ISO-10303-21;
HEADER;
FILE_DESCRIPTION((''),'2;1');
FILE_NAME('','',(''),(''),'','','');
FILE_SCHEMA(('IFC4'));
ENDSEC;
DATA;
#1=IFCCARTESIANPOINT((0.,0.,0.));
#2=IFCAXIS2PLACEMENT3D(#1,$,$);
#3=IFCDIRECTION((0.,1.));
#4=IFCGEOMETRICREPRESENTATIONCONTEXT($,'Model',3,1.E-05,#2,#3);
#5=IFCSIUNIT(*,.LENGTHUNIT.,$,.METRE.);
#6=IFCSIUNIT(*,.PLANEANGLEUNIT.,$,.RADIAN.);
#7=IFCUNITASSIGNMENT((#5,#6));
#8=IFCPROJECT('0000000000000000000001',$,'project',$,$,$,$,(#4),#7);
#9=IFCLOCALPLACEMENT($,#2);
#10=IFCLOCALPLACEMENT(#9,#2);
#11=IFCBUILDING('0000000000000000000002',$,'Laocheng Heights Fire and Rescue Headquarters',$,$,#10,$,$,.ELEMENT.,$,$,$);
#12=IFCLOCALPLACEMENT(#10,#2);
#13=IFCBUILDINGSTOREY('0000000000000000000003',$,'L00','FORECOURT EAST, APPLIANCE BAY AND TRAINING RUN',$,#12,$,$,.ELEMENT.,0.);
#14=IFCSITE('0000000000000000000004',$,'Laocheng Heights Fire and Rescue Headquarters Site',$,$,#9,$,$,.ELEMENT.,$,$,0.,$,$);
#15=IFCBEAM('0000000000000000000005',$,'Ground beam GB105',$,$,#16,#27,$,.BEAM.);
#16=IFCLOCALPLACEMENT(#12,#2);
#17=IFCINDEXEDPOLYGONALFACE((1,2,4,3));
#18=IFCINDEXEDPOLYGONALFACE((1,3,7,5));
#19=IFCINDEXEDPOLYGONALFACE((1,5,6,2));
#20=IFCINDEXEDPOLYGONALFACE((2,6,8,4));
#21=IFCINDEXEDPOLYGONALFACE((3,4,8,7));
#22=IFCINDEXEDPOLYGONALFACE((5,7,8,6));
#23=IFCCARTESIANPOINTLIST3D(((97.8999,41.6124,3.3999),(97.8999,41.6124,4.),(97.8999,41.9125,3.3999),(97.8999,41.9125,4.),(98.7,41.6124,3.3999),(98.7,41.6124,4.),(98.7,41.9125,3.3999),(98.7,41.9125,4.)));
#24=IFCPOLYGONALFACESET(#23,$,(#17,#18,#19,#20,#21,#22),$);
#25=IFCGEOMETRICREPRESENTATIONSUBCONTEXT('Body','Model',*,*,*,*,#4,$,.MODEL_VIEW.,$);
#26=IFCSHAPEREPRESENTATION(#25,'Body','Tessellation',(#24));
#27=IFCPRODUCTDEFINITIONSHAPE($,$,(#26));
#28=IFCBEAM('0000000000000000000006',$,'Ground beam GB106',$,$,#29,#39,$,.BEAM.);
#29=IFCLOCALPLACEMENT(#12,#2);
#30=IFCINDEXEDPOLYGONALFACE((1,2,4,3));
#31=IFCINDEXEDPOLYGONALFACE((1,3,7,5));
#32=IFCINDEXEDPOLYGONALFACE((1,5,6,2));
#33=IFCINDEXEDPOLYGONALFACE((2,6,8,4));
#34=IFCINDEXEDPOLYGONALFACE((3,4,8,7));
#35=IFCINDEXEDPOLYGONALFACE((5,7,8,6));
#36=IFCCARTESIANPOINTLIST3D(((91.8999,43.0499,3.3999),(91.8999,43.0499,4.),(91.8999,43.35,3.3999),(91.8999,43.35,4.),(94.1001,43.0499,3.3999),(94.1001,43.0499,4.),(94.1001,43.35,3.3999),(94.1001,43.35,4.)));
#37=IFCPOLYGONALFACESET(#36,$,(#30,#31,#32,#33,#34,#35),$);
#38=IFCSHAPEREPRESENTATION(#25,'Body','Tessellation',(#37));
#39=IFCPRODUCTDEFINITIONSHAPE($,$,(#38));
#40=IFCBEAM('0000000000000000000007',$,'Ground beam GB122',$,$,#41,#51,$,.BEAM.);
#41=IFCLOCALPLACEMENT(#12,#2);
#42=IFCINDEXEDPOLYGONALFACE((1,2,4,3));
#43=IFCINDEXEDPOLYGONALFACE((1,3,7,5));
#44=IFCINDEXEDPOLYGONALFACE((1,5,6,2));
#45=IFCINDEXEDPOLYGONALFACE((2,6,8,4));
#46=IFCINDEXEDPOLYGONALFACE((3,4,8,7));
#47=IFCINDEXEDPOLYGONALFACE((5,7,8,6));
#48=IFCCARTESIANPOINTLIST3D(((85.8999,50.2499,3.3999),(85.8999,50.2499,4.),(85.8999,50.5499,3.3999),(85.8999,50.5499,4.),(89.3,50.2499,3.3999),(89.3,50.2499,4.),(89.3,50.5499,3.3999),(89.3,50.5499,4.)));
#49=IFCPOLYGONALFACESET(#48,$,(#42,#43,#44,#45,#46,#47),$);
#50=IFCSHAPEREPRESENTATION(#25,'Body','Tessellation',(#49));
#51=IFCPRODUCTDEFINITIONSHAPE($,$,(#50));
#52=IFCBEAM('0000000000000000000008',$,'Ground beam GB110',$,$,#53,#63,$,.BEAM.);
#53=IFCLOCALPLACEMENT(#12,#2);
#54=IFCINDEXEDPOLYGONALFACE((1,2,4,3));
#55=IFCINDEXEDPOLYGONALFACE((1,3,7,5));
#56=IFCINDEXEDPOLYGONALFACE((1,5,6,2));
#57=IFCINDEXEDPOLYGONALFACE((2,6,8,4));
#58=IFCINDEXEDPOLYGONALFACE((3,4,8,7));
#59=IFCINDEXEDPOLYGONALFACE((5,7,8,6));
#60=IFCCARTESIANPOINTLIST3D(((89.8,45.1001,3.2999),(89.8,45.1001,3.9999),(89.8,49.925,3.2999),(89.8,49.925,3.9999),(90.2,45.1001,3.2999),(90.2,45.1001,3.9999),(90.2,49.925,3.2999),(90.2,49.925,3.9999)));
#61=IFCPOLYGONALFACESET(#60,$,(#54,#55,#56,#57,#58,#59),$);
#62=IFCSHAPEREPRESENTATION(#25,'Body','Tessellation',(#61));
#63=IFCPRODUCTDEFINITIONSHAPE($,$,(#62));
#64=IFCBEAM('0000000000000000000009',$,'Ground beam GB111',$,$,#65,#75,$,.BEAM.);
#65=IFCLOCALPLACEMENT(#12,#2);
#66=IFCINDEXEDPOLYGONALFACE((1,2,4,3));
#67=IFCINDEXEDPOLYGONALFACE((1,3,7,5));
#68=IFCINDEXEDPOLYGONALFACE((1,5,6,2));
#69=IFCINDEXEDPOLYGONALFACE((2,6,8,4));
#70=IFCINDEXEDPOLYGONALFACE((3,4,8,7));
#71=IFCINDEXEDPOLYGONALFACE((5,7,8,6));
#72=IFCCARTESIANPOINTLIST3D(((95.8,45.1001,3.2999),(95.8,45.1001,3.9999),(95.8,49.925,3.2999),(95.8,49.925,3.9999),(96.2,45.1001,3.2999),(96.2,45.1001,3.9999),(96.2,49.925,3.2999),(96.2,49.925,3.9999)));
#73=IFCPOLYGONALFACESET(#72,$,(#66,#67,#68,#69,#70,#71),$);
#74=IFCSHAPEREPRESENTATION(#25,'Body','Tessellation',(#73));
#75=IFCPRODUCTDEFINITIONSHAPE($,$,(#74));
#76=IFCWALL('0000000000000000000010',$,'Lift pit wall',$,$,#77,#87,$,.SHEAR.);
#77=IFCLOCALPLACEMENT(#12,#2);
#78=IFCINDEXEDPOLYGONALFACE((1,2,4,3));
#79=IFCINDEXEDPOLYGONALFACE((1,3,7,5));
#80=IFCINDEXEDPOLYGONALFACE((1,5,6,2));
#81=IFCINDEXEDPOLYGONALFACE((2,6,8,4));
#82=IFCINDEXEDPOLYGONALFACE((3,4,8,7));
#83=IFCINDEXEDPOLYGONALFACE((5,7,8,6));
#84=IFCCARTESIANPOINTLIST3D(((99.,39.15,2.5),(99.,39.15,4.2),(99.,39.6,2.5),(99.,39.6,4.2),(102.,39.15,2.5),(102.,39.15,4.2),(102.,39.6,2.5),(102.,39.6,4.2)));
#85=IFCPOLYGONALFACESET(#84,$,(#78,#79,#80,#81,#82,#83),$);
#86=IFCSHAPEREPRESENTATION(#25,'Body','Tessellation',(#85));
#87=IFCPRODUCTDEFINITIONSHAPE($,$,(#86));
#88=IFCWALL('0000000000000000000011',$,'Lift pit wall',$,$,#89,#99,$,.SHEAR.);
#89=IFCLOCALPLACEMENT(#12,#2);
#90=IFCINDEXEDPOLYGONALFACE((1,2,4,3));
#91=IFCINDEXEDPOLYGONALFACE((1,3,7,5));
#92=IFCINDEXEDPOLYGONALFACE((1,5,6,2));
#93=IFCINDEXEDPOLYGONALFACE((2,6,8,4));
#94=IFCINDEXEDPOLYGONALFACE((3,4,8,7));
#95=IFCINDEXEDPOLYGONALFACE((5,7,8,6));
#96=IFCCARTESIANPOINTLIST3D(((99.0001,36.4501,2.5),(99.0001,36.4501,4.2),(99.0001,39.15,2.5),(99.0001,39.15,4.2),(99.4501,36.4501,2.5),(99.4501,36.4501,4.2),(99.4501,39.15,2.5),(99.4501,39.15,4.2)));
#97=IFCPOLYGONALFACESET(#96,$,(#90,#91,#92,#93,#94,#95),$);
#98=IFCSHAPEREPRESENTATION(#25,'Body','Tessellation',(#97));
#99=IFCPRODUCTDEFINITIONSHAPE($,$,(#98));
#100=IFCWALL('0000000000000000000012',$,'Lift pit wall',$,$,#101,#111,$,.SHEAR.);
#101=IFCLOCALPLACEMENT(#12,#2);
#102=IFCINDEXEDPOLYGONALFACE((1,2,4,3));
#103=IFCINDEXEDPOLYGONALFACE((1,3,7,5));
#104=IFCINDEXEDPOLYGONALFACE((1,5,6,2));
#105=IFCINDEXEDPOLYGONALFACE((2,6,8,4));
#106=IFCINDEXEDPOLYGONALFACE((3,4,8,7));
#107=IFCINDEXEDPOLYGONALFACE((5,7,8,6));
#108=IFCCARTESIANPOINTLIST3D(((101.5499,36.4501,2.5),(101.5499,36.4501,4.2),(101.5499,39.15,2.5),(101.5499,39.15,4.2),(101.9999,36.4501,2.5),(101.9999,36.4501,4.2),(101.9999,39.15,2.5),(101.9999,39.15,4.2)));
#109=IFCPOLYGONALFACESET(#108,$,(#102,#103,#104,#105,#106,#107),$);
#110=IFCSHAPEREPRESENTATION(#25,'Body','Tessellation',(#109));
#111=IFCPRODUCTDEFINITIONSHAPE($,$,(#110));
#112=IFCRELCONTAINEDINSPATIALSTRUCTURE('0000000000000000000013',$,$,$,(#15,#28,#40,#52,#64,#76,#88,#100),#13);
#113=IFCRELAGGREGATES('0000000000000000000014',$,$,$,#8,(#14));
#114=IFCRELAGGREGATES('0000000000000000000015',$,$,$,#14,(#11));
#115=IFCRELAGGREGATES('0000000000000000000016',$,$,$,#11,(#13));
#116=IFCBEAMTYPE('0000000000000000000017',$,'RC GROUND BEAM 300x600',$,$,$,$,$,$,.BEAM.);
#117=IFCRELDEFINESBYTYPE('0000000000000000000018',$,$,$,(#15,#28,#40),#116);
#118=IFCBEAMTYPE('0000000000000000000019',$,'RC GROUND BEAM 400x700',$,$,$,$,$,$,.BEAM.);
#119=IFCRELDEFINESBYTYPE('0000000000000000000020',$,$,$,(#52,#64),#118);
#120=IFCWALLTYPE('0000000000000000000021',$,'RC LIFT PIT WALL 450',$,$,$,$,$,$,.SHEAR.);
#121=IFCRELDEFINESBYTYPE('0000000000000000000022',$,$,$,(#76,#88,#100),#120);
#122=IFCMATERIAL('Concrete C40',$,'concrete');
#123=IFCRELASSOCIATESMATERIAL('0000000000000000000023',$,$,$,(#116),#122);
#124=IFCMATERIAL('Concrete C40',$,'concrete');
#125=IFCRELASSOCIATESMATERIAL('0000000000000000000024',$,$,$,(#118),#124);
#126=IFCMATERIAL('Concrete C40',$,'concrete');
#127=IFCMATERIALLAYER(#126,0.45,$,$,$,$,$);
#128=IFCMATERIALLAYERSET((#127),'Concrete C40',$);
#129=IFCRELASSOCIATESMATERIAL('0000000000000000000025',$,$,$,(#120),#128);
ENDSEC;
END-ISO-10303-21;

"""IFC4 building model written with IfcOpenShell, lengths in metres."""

from ifc_helpers import new_model, si_unit, direction, frame, frame_2d, origin, origin_2d, place, context, subcontext, project, spatial, rectangle, extrude, material, layer, layer_set, material_profile, profile_set, type_object, element, save


model = new_model("IFC4")

# Units and contexts
model_context = context("Model", 3, precision=1e-05, world=origin(), true_north=direction((0.0, 1.0)))
body_context = subcontext(model_context, "Body", "Model", "MODEL_VIEW")
ifc_project = project(units=[si_unit("LENGTHUNIT", "METRE"), si_unit("PLANEANGLEUNIT", "RADIAN")], contexts=[model_context])

# Site, building, storey
site_placement = place(None, origin())
site = spatial("IfcSite", under=ifc_project, at=site_placement, Name="Laocheng Heights Fire and Rescue Headquarters Site", CompositionType="ELEMENT", RefElevation=0.0)
building_placement = place(site_placement, origin())
building = spatial("IfcBuilding", under=site, at=building_placement, Name="Laocheng Heights Fire and Rescue Headquarters", CompositionType="ELEMENT")
storey_placement = place(building_placement, origin())
storey = spatial("IfcBuildingStorey", under=building, at=storey_placement, Name="L00", Description="FORECOURT EAST, APPLIANCE BAY AND TRAINING RUN", CompositionType="ELEMENT", Elevation=0.0)

# Beams
ifc_material_1 = material(Name="Concrete C40", Category="concrete")
ifc_material_profile_1 = material_profile(ifc_material_1, rectangle(XDim=0.3, YDim=0.6001, at=origin_2d()), Name="RC GROUND BEAM 300x600")
ifc_profile_set_1 = profile_set([ifc_material_profile_1], Name="Concrete C40")
beam_type_1 = type_object("IfcBeamType", Name="RC GROUND BEAM 300x600", PredefinedType="BEAM", material=ifc_profile_set_1)
beam_1_placement = place(storey_placement, frame((97.8999, 41.7625, 3.7), z_axis=(1.0, 0.0, 0.0), x_axis=(0.0, 1.0, 0.0)))
element("IfcBeam", 1, at=beam_1_placement, inside=storey, type_object=beam_type_1, Name="Ground beam GB105", PredefinedType="BEAM", context=body_context, shape_type="SweptSolid", body=[
    extrude(rectangle(XDim=0.3, YDim=0.6001, at=origin_2d()), origin(), (0.0, 0.0, 1.0), 0.8),
])
beam_2_placement = place(storey_placement, frame((91.8999, 43.2, 3.7), z_axis=(1.0, 0.0, 0.0), x_axis=(0.0, 1.0, 0.0)))
element("IfcBeam", 2, at=beam_2_placement, inside=storey, type_object=beam_type_1, Name="Ground beam GB106", PredefinedType="BEAM", context=body_context, shape_type="SweptSolid", body=[
    extrude(rectangle(XDim=0.3, YDim=0.6001, at=origin_2d()), origin(), (0.0, 0.0, 1.0), 2.2002),
])
beam_3_placement = place(storey_placement, frame((85.8999, 50.3999, 3.7), z_axis=(1.0, 0.0, 0.0), x_axis=(0.0, 1.0, 0.0)))
element("IfcBeam", 3, at=beam_3_placement, inside=storey, type_object=beam_type_1, Name="Ground beam GB122", PredefinedType="BEAM", context=body_context, shape_type="SweptSolid", body=[
    extrude(rectangle(XDim=0.3, YDim=0.6001, at=origin_2d()), origin(), (0.0, 0.0, 1.0), 3.4001),
])
ifc_material_2 = material(Name="Concrete C40", Category="concrete")
ifc_material_profile_2 = material_profile(ifc_material_2, rectangle(XDim=0.3999, YDim=0.7, at=origin_2d()), Name="RC GROUND BEAM 400x700")
ifc_profile_set_2 = profile_set([ifc_material_profile_2], Name="Concrete C40")
beam_type_2 = type_object("IfcBeamType", Name="RC GROUND BEAM 400x700", PredefinedType="BEAM", material=ifc_profile_set_2)
for number, where, z_axis, x_axis, name in (
    (4, (90.0, 45.1001, 3.6499), (0.0, 1.0, 0.0), (-1.0, 0.0, 0.0), "Ground beam GB110"),
    (5, (96.0, 45.1001, 3.6499), (0.0, 1.0, 0.0), (-1.0, 0.0, 0.0), "Ground beam GB111"),
):
    element("IfcBeam", number, at=place(storey_placement, frame(where, z_axis=z_axis, x_axis=x_axis)), inside=storey, type_object=beam_type_2, Name=name, PredefinedType="BEAM", context=body_context, shape_type="SweptSolid", body=[
        extrude(rectangle(XDim=0.3999, YDim=0.7, at=origin_2d()), origin(), (0.0, 0.0, 1.0), 4.825),
    ])

# Walls
ifc_material_3 = material(Name="Concrete C40", Category="concrete")
ifc_layer = layer(ifc_material_3, 0.45)
ifc_layer_set = layer_set([ifc_layer], Name="Concrete C40")
wall_type = type_object("IfcWallType", Name="RC LIFT PIT WALL 450", PredefinedType="SHEAR", material=ifc_layer_set)
wall_placement = place(storey_placement, frame((99.0, 39.375, 2.5), z_axis=(0.0, 0.0, 1.0), x_axis=(1.0, 0.0, 0.0)))
element("IfcWall", 6, at=wall_placement, inside=storey, type_object=wall_type, Name="Lift pit wall", PredefinedType="SHEAR", context=body_context, shape_type="SweptSolid", body=[
    extrude(rectangle(XDim=3.0, YDim=0.45, at=frame_2d((1.5, 0.0))), origin(), (0.0, 0.0, 1.0), 1.7),
])
for number, where, z_axis, x_axis, name in (
    (7, (99.2251, 36.45, 2.5), (0.0, 0.0, 1.0), (0.0, 1.0, 0.0), "Lift pit wall"),
    (8, (101.7749, 36.45, 2.5), (0.0, 0.0, 1.0), (0.0, 1.0, 0.0), "Lift pit wall"),
):
    element("IfcWall", number, at=place(storey_placement, frame(where, z_axis=z_axis, x_axis=x_axis)), inside=storey, type_object=wall_type, Name=name, PredefinedType="SHEAR", context=body_context, shape_type="SweptSolid", body=[
        extrude(rectangle(XDim=2.7, YDim=0.45, at=frame_2d((1.3501, 0.0))), origin(), (0.0, 0.0, 1.0), 1.7),
    ])

save(model, "model.ifc")
